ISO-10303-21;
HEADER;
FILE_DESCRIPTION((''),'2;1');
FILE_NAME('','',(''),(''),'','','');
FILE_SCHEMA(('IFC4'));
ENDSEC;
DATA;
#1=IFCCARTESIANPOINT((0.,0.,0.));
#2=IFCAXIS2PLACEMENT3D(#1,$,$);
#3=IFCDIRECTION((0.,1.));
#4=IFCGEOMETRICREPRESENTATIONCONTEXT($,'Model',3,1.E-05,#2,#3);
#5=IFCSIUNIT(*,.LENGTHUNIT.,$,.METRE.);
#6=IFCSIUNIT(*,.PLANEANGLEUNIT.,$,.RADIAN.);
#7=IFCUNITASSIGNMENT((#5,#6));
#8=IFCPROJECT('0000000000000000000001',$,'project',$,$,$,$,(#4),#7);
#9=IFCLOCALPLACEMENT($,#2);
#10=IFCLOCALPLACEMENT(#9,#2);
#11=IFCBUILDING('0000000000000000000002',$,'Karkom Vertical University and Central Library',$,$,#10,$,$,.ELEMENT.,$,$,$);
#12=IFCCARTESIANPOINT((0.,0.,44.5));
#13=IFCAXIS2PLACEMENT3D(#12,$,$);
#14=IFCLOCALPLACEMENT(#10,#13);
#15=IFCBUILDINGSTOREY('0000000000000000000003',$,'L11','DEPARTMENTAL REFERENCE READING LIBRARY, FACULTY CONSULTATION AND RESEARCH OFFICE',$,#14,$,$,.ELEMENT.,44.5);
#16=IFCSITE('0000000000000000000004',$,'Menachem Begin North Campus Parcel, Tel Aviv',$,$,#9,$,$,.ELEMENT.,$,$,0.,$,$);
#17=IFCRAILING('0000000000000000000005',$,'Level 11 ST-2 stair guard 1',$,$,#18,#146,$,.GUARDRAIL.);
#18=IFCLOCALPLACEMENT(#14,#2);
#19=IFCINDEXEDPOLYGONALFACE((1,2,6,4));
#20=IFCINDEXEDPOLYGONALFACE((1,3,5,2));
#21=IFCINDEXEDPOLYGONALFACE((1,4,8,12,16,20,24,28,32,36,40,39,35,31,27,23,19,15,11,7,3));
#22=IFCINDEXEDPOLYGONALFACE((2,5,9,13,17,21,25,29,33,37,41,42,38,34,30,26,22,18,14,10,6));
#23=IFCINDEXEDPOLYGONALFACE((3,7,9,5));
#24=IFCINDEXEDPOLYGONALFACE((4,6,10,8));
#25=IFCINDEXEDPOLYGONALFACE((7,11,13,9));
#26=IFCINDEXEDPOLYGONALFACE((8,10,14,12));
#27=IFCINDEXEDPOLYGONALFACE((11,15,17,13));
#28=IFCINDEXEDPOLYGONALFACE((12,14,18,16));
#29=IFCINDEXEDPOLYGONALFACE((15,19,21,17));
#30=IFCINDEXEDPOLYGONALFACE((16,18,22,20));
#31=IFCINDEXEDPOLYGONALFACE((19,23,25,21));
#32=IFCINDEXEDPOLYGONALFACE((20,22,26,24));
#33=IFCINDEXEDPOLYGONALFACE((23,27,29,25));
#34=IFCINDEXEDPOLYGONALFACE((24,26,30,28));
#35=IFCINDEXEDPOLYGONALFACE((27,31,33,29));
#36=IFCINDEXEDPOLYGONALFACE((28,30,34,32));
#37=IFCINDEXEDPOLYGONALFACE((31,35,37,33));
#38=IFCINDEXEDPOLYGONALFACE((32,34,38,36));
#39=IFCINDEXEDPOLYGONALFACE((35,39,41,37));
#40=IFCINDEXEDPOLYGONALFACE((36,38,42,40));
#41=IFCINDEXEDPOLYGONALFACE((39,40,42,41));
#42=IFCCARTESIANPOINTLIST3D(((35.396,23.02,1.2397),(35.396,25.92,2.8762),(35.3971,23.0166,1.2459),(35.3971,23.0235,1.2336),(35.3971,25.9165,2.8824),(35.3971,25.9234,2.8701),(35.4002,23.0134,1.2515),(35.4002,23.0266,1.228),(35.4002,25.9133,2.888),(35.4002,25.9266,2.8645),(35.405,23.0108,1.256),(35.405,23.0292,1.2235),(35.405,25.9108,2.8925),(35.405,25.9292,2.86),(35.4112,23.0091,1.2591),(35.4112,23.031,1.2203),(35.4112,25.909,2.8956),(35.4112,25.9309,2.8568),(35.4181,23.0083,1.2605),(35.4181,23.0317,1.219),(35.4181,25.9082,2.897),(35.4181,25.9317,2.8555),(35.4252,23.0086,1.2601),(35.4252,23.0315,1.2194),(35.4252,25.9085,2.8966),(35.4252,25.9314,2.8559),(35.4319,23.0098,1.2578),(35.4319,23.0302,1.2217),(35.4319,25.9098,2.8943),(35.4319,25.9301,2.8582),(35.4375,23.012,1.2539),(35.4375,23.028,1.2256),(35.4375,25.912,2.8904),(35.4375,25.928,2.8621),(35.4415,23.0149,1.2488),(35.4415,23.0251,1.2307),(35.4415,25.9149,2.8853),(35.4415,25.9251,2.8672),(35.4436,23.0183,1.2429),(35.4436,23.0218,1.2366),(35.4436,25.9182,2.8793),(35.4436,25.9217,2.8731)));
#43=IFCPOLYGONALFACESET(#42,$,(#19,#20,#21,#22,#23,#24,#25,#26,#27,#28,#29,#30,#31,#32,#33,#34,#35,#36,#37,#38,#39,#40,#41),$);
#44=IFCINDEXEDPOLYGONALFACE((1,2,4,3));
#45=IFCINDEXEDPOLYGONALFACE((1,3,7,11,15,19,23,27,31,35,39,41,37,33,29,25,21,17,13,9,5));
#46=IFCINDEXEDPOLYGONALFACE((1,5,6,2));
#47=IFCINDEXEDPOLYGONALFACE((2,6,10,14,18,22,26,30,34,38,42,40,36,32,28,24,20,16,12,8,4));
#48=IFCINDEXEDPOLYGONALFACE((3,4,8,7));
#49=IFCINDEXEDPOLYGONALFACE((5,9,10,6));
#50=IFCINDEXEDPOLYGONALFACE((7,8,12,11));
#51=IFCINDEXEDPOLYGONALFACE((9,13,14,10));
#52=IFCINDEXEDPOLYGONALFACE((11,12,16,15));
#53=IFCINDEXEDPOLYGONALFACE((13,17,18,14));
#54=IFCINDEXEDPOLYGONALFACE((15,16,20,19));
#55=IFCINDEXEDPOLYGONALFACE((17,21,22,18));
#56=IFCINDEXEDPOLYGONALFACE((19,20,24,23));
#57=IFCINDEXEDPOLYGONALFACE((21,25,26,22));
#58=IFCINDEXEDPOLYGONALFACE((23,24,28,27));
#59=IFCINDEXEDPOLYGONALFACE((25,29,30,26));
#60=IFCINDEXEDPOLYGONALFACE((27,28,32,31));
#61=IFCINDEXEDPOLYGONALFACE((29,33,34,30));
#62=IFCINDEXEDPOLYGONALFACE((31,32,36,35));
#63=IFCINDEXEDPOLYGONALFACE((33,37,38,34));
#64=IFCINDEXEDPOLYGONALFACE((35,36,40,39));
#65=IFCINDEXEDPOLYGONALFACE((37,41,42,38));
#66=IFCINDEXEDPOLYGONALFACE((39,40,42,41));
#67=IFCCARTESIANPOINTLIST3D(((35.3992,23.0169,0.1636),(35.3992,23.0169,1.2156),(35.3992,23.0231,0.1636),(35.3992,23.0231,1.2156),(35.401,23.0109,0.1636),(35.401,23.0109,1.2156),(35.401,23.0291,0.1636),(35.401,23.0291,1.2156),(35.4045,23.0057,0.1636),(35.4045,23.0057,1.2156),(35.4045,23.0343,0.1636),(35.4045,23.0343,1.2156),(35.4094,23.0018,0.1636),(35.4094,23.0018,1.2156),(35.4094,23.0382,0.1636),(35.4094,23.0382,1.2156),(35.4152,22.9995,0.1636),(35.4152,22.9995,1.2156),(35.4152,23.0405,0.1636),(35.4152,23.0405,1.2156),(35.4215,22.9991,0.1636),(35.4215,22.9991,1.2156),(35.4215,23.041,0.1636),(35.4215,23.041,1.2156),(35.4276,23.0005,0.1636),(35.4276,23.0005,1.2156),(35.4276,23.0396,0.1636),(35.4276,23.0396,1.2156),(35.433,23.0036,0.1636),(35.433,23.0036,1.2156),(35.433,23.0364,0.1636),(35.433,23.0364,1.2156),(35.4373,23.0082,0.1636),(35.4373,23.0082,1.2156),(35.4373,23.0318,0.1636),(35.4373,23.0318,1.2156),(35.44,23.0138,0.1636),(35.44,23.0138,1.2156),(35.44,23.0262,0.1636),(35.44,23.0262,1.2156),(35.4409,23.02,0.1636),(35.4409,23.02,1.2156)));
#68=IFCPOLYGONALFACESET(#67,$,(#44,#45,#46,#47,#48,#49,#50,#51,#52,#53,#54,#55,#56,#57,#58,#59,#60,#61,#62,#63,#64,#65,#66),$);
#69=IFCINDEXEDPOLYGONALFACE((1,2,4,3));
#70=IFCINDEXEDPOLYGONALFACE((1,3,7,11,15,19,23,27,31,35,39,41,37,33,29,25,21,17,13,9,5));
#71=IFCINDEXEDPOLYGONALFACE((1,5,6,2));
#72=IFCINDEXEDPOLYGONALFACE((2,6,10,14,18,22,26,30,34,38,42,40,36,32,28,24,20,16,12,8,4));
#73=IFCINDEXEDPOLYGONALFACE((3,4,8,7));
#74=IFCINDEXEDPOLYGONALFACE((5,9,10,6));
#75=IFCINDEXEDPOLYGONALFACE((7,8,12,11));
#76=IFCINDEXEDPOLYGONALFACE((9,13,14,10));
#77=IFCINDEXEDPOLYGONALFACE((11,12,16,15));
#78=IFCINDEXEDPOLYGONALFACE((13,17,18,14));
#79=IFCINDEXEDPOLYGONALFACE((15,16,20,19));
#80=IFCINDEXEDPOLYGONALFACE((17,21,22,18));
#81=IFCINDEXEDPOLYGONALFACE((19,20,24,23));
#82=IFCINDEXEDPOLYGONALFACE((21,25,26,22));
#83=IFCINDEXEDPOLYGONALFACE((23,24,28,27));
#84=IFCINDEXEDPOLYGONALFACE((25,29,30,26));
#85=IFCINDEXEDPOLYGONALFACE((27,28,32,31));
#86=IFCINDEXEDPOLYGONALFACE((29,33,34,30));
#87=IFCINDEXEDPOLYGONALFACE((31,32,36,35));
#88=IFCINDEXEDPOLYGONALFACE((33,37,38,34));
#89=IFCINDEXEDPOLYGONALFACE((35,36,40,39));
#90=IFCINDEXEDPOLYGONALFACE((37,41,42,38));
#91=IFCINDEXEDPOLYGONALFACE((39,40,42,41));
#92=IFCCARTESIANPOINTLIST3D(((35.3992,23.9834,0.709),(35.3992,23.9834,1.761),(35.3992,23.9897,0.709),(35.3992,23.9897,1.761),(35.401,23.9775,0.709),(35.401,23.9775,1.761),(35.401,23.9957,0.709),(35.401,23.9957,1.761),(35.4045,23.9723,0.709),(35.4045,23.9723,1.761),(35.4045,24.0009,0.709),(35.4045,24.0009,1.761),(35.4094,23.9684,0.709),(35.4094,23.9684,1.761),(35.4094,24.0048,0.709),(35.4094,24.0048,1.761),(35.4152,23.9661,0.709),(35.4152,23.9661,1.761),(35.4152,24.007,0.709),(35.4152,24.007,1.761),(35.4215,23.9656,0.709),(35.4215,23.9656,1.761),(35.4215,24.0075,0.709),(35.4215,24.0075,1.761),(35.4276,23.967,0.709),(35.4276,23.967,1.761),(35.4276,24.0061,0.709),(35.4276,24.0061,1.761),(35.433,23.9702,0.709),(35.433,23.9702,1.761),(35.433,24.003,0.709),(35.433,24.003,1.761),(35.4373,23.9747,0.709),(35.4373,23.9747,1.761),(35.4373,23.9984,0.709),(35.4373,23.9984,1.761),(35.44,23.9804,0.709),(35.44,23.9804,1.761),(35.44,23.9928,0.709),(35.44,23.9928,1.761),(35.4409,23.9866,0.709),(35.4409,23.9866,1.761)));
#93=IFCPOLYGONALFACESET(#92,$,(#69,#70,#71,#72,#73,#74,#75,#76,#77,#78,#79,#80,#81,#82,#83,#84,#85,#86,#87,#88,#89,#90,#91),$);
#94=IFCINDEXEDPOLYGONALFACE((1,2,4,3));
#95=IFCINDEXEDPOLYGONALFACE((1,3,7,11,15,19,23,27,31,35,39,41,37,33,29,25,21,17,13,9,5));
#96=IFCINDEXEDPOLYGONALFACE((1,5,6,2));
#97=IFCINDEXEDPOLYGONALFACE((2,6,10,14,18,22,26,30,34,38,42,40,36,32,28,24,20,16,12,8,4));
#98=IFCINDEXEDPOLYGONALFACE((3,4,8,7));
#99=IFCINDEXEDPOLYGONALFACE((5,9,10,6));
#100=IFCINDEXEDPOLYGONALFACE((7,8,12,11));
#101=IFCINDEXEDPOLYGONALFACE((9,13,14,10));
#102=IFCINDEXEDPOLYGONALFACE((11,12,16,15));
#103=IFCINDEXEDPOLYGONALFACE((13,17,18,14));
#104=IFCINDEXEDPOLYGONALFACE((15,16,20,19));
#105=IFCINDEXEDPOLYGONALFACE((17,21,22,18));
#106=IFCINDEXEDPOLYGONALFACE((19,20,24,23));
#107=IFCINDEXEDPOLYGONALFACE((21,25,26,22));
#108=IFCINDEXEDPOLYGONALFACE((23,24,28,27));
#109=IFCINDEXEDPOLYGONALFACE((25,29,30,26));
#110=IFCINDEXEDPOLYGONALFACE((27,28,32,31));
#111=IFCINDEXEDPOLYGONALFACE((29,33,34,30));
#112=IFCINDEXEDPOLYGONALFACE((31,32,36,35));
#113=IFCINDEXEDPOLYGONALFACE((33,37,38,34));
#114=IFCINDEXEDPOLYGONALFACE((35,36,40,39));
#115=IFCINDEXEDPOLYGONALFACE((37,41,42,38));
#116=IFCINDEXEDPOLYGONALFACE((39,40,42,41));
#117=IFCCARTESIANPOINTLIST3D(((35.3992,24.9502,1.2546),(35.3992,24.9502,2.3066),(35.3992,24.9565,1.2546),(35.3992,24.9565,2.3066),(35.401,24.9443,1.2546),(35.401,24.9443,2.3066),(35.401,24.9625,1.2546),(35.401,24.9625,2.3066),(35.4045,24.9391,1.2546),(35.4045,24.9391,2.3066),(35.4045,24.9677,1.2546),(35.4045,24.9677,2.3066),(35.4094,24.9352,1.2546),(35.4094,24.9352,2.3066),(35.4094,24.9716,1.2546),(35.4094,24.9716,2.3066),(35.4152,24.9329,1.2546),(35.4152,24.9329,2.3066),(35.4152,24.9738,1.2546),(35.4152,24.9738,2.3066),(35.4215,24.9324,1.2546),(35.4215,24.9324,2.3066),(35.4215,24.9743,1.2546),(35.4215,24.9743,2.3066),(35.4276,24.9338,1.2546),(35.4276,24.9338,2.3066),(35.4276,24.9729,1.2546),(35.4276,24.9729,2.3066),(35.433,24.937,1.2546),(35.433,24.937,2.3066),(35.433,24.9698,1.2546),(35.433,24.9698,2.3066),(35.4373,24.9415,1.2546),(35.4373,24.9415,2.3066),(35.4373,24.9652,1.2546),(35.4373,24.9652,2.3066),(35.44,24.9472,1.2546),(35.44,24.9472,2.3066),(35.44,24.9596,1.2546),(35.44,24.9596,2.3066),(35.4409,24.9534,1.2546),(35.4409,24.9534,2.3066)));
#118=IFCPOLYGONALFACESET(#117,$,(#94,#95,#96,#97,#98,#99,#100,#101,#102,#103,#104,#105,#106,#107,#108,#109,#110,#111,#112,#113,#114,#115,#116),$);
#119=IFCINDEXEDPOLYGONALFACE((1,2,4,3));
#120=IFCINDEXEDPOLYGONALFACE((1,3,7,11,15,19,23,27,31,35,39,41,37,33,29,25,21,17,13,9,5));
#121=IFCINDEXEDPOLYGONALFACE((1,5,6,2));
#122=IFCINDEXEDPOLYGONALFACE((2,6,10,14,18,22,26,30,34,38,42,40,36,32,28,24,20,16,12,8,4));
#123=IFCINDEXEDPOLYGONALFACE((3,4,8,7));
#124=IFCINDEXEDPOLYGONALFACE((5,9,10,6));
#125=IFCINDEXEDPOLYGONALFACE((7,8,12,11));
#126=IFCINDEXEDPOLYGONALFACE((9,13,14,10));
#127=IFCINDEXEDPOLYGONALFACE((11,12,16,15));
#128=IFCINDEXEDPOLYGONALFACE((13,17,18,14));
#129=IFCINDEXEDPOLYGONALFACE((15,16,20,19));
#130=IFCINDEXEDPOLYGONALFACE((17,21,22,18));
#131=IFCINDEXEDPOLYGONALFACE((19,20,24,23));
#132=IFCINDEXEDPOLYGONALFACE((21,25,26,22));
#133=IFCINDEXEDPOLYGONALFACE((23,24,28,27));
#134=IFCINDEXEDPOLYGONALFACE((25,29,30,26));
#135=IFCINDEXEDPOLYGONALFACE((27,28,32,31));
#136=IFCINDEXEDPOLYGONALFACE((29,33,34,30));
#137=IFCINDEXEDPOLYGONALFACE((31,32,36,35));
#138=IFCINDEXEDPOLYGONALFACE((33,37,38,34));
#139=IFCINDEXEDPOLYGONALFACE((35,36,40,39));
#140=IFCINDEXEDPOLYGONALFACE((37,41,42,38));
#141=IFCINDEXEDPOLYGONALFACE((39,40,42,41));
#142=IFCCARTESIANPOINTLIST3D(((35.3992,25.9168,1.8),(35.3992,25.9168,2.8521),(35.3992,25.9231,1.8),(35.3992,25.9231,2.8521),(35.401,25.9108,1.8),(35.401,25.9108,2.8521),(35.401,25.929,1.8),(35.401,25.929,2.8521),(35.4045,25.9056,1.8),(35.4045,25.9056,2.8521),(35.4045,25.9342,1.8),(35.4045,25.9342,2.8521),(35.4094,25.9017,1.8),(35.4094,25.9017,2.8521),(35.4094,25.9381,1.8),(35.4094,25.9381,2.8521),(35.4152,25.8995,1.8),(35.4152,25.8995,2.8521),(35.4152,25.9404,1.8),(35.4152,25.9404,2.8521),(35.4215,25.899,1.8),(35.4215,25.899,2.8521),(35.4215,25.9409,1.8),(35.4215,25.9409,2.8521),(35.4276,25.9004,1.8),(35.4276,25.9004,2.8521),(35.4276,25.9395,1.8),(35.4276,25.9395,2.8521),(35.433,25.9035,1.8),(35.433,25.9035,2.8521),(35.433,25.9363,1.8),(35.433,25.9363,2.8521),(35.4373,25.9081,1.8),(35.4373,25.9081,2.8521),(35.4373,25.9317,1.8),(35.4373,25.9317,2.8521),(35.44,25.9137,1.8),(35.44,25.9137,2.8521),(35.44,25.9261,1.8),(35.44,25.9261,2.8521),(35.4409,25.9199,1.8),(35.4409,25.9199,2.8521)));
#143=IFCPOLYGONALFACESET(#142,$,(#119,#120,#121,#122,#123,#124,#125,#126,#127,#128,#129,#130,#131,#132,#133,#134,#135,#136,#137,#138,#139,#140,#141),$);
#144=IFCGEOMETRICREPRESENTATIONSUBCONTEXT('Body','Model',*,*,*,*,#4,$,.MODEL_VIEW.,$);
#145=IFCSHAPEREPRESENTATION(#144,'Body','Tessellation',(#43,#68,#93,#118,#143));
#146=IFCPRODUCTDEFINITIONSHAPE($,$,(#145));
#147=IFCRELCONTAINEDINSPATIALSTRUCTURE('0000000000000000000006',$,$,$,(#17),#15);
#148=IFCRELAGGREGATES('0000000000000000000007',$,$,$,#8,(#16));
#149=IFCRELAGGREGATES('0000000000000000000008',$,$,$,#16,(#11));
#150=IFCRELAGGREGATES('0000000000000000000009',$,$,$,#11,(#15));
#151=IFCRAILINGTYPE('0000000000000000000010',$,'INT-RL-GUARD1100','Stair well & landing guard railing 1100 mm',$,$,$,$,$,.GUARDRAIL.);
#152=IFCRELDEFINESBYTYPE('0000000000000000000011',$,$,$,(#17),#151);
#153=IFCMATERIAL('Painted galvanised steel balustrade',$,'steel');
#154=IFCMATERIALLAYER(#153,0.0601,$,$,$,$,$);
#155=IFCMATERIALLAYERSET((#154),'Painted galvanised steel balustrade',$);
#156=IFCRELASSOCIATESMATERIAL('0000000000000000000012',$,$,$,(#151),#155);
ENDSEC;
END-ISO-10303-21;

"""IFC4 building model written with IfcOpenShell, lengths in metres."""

from ifc_helpers import new_model, si_unit, direction, frame, origin, origin_2d, place, context, subcontext, project, spatial, circle, extrude, material, layer, layer_set, type_object, element, save


model = new_model("IFC4")

# Units and contexts
model_context = context("Model", 3, precision=1e-05, world=origin(), true_north=direction((0.0, 1.0)))
body_context = subcontext(model_context, "Body", "Model", "MODEL_VIEW")
ifc_project = project(units=[si_unit("LENGTHUNIT", "METRE"), si_unit("PLANEANGLEUNIT", "RADIAN")], contexts=[model_context])

# Site, building, storey
site_placement = place(None, origin())
site = spatial("IfcSite", under=ifc_project, at=site_placement, Name="Menachem Begin North Campus Parcel, Tel Aviv", CompositionType="ELEMENT", RefElevation=0.0)
building_placement = place(site_placement, origin())
building = spatial("IfcBuilding", under=site, at=building_placement, Name="Karkom Vertical University and Central Library", CompositionType="ELEMENT")
storey_placement = place(building_placement, frame((0.0, 0.0, 44.5)))
storey = spatial("IfcBuildingStorey", under=building, at=storey_placement, Name="L11", Description="DEPARTMENTAL REFERENCE READING LIBRARY, FACULTY CONSULTATION AND RESEARCH OFFICE", CompositionType="ELEMENT", Elevation=44.5)

# Railing
ifc_material_1 = material(Name="Painted galvanised steel balustrade", Category="steel")
ifc_layer_1 = layer(ifc_material_1, 0.0601)
ifc_layer_set_1 = layer_set([ifc_layer_1], Name="Painted galvanised steel balustrade")
railing_type_1 = type_object("IfcRailingType", Name="INT-RL-GUARD1100", Description="Stair well & landing guard railing 1100 mm", PredefinedType="GUARDRAIL", material=ifc_layer_set_1)
railing_1_placement = place(storey_placement, frame((35.4199, 23.02, 0.1636)))
element("IfcRailing", 1, at=railing_1_placement, inside=storey, type_object=railing_type_1, Name="Level 11 ST-2 stair guard 1", PredefinedType="GUARDRAIL", context=body_context, shape_type="SweptSolid", body=[
    extrude(circle(Radius=0.0239, at=origin_2d()), frame((0.0, 0.0, 1.0762), z_axis=(0.0, 0.870897, 0.491465), x_axis=(-1.0, 0.0, 0.0)), (0.0, 0.0, 1.0), 3.3298),
    extrude(circle(Radius=0.021, at=origin_2d()), origin(), (0.0, 0.0, 1.0), 1.052),
    extrude(circle(Radius=0.021, at=origin_2d()), frame((0.0, 0.9666, 0.5454)), (0.0, 0.0, 1.0), 1.052),
    extrude(circle(Radius=0.021, at=origin_2d()), frame((0.0, 1.9333, 1.0911)), (0.0, 0.0, 1.0), 1.052),
    extrude(circle(Radius=0.021, at=origin_2d()), frame((0.0, 2.8999, 1.6365)), (0.0, 0.0, 1.0), 1.052),
])

save(model, "model.ifc")
